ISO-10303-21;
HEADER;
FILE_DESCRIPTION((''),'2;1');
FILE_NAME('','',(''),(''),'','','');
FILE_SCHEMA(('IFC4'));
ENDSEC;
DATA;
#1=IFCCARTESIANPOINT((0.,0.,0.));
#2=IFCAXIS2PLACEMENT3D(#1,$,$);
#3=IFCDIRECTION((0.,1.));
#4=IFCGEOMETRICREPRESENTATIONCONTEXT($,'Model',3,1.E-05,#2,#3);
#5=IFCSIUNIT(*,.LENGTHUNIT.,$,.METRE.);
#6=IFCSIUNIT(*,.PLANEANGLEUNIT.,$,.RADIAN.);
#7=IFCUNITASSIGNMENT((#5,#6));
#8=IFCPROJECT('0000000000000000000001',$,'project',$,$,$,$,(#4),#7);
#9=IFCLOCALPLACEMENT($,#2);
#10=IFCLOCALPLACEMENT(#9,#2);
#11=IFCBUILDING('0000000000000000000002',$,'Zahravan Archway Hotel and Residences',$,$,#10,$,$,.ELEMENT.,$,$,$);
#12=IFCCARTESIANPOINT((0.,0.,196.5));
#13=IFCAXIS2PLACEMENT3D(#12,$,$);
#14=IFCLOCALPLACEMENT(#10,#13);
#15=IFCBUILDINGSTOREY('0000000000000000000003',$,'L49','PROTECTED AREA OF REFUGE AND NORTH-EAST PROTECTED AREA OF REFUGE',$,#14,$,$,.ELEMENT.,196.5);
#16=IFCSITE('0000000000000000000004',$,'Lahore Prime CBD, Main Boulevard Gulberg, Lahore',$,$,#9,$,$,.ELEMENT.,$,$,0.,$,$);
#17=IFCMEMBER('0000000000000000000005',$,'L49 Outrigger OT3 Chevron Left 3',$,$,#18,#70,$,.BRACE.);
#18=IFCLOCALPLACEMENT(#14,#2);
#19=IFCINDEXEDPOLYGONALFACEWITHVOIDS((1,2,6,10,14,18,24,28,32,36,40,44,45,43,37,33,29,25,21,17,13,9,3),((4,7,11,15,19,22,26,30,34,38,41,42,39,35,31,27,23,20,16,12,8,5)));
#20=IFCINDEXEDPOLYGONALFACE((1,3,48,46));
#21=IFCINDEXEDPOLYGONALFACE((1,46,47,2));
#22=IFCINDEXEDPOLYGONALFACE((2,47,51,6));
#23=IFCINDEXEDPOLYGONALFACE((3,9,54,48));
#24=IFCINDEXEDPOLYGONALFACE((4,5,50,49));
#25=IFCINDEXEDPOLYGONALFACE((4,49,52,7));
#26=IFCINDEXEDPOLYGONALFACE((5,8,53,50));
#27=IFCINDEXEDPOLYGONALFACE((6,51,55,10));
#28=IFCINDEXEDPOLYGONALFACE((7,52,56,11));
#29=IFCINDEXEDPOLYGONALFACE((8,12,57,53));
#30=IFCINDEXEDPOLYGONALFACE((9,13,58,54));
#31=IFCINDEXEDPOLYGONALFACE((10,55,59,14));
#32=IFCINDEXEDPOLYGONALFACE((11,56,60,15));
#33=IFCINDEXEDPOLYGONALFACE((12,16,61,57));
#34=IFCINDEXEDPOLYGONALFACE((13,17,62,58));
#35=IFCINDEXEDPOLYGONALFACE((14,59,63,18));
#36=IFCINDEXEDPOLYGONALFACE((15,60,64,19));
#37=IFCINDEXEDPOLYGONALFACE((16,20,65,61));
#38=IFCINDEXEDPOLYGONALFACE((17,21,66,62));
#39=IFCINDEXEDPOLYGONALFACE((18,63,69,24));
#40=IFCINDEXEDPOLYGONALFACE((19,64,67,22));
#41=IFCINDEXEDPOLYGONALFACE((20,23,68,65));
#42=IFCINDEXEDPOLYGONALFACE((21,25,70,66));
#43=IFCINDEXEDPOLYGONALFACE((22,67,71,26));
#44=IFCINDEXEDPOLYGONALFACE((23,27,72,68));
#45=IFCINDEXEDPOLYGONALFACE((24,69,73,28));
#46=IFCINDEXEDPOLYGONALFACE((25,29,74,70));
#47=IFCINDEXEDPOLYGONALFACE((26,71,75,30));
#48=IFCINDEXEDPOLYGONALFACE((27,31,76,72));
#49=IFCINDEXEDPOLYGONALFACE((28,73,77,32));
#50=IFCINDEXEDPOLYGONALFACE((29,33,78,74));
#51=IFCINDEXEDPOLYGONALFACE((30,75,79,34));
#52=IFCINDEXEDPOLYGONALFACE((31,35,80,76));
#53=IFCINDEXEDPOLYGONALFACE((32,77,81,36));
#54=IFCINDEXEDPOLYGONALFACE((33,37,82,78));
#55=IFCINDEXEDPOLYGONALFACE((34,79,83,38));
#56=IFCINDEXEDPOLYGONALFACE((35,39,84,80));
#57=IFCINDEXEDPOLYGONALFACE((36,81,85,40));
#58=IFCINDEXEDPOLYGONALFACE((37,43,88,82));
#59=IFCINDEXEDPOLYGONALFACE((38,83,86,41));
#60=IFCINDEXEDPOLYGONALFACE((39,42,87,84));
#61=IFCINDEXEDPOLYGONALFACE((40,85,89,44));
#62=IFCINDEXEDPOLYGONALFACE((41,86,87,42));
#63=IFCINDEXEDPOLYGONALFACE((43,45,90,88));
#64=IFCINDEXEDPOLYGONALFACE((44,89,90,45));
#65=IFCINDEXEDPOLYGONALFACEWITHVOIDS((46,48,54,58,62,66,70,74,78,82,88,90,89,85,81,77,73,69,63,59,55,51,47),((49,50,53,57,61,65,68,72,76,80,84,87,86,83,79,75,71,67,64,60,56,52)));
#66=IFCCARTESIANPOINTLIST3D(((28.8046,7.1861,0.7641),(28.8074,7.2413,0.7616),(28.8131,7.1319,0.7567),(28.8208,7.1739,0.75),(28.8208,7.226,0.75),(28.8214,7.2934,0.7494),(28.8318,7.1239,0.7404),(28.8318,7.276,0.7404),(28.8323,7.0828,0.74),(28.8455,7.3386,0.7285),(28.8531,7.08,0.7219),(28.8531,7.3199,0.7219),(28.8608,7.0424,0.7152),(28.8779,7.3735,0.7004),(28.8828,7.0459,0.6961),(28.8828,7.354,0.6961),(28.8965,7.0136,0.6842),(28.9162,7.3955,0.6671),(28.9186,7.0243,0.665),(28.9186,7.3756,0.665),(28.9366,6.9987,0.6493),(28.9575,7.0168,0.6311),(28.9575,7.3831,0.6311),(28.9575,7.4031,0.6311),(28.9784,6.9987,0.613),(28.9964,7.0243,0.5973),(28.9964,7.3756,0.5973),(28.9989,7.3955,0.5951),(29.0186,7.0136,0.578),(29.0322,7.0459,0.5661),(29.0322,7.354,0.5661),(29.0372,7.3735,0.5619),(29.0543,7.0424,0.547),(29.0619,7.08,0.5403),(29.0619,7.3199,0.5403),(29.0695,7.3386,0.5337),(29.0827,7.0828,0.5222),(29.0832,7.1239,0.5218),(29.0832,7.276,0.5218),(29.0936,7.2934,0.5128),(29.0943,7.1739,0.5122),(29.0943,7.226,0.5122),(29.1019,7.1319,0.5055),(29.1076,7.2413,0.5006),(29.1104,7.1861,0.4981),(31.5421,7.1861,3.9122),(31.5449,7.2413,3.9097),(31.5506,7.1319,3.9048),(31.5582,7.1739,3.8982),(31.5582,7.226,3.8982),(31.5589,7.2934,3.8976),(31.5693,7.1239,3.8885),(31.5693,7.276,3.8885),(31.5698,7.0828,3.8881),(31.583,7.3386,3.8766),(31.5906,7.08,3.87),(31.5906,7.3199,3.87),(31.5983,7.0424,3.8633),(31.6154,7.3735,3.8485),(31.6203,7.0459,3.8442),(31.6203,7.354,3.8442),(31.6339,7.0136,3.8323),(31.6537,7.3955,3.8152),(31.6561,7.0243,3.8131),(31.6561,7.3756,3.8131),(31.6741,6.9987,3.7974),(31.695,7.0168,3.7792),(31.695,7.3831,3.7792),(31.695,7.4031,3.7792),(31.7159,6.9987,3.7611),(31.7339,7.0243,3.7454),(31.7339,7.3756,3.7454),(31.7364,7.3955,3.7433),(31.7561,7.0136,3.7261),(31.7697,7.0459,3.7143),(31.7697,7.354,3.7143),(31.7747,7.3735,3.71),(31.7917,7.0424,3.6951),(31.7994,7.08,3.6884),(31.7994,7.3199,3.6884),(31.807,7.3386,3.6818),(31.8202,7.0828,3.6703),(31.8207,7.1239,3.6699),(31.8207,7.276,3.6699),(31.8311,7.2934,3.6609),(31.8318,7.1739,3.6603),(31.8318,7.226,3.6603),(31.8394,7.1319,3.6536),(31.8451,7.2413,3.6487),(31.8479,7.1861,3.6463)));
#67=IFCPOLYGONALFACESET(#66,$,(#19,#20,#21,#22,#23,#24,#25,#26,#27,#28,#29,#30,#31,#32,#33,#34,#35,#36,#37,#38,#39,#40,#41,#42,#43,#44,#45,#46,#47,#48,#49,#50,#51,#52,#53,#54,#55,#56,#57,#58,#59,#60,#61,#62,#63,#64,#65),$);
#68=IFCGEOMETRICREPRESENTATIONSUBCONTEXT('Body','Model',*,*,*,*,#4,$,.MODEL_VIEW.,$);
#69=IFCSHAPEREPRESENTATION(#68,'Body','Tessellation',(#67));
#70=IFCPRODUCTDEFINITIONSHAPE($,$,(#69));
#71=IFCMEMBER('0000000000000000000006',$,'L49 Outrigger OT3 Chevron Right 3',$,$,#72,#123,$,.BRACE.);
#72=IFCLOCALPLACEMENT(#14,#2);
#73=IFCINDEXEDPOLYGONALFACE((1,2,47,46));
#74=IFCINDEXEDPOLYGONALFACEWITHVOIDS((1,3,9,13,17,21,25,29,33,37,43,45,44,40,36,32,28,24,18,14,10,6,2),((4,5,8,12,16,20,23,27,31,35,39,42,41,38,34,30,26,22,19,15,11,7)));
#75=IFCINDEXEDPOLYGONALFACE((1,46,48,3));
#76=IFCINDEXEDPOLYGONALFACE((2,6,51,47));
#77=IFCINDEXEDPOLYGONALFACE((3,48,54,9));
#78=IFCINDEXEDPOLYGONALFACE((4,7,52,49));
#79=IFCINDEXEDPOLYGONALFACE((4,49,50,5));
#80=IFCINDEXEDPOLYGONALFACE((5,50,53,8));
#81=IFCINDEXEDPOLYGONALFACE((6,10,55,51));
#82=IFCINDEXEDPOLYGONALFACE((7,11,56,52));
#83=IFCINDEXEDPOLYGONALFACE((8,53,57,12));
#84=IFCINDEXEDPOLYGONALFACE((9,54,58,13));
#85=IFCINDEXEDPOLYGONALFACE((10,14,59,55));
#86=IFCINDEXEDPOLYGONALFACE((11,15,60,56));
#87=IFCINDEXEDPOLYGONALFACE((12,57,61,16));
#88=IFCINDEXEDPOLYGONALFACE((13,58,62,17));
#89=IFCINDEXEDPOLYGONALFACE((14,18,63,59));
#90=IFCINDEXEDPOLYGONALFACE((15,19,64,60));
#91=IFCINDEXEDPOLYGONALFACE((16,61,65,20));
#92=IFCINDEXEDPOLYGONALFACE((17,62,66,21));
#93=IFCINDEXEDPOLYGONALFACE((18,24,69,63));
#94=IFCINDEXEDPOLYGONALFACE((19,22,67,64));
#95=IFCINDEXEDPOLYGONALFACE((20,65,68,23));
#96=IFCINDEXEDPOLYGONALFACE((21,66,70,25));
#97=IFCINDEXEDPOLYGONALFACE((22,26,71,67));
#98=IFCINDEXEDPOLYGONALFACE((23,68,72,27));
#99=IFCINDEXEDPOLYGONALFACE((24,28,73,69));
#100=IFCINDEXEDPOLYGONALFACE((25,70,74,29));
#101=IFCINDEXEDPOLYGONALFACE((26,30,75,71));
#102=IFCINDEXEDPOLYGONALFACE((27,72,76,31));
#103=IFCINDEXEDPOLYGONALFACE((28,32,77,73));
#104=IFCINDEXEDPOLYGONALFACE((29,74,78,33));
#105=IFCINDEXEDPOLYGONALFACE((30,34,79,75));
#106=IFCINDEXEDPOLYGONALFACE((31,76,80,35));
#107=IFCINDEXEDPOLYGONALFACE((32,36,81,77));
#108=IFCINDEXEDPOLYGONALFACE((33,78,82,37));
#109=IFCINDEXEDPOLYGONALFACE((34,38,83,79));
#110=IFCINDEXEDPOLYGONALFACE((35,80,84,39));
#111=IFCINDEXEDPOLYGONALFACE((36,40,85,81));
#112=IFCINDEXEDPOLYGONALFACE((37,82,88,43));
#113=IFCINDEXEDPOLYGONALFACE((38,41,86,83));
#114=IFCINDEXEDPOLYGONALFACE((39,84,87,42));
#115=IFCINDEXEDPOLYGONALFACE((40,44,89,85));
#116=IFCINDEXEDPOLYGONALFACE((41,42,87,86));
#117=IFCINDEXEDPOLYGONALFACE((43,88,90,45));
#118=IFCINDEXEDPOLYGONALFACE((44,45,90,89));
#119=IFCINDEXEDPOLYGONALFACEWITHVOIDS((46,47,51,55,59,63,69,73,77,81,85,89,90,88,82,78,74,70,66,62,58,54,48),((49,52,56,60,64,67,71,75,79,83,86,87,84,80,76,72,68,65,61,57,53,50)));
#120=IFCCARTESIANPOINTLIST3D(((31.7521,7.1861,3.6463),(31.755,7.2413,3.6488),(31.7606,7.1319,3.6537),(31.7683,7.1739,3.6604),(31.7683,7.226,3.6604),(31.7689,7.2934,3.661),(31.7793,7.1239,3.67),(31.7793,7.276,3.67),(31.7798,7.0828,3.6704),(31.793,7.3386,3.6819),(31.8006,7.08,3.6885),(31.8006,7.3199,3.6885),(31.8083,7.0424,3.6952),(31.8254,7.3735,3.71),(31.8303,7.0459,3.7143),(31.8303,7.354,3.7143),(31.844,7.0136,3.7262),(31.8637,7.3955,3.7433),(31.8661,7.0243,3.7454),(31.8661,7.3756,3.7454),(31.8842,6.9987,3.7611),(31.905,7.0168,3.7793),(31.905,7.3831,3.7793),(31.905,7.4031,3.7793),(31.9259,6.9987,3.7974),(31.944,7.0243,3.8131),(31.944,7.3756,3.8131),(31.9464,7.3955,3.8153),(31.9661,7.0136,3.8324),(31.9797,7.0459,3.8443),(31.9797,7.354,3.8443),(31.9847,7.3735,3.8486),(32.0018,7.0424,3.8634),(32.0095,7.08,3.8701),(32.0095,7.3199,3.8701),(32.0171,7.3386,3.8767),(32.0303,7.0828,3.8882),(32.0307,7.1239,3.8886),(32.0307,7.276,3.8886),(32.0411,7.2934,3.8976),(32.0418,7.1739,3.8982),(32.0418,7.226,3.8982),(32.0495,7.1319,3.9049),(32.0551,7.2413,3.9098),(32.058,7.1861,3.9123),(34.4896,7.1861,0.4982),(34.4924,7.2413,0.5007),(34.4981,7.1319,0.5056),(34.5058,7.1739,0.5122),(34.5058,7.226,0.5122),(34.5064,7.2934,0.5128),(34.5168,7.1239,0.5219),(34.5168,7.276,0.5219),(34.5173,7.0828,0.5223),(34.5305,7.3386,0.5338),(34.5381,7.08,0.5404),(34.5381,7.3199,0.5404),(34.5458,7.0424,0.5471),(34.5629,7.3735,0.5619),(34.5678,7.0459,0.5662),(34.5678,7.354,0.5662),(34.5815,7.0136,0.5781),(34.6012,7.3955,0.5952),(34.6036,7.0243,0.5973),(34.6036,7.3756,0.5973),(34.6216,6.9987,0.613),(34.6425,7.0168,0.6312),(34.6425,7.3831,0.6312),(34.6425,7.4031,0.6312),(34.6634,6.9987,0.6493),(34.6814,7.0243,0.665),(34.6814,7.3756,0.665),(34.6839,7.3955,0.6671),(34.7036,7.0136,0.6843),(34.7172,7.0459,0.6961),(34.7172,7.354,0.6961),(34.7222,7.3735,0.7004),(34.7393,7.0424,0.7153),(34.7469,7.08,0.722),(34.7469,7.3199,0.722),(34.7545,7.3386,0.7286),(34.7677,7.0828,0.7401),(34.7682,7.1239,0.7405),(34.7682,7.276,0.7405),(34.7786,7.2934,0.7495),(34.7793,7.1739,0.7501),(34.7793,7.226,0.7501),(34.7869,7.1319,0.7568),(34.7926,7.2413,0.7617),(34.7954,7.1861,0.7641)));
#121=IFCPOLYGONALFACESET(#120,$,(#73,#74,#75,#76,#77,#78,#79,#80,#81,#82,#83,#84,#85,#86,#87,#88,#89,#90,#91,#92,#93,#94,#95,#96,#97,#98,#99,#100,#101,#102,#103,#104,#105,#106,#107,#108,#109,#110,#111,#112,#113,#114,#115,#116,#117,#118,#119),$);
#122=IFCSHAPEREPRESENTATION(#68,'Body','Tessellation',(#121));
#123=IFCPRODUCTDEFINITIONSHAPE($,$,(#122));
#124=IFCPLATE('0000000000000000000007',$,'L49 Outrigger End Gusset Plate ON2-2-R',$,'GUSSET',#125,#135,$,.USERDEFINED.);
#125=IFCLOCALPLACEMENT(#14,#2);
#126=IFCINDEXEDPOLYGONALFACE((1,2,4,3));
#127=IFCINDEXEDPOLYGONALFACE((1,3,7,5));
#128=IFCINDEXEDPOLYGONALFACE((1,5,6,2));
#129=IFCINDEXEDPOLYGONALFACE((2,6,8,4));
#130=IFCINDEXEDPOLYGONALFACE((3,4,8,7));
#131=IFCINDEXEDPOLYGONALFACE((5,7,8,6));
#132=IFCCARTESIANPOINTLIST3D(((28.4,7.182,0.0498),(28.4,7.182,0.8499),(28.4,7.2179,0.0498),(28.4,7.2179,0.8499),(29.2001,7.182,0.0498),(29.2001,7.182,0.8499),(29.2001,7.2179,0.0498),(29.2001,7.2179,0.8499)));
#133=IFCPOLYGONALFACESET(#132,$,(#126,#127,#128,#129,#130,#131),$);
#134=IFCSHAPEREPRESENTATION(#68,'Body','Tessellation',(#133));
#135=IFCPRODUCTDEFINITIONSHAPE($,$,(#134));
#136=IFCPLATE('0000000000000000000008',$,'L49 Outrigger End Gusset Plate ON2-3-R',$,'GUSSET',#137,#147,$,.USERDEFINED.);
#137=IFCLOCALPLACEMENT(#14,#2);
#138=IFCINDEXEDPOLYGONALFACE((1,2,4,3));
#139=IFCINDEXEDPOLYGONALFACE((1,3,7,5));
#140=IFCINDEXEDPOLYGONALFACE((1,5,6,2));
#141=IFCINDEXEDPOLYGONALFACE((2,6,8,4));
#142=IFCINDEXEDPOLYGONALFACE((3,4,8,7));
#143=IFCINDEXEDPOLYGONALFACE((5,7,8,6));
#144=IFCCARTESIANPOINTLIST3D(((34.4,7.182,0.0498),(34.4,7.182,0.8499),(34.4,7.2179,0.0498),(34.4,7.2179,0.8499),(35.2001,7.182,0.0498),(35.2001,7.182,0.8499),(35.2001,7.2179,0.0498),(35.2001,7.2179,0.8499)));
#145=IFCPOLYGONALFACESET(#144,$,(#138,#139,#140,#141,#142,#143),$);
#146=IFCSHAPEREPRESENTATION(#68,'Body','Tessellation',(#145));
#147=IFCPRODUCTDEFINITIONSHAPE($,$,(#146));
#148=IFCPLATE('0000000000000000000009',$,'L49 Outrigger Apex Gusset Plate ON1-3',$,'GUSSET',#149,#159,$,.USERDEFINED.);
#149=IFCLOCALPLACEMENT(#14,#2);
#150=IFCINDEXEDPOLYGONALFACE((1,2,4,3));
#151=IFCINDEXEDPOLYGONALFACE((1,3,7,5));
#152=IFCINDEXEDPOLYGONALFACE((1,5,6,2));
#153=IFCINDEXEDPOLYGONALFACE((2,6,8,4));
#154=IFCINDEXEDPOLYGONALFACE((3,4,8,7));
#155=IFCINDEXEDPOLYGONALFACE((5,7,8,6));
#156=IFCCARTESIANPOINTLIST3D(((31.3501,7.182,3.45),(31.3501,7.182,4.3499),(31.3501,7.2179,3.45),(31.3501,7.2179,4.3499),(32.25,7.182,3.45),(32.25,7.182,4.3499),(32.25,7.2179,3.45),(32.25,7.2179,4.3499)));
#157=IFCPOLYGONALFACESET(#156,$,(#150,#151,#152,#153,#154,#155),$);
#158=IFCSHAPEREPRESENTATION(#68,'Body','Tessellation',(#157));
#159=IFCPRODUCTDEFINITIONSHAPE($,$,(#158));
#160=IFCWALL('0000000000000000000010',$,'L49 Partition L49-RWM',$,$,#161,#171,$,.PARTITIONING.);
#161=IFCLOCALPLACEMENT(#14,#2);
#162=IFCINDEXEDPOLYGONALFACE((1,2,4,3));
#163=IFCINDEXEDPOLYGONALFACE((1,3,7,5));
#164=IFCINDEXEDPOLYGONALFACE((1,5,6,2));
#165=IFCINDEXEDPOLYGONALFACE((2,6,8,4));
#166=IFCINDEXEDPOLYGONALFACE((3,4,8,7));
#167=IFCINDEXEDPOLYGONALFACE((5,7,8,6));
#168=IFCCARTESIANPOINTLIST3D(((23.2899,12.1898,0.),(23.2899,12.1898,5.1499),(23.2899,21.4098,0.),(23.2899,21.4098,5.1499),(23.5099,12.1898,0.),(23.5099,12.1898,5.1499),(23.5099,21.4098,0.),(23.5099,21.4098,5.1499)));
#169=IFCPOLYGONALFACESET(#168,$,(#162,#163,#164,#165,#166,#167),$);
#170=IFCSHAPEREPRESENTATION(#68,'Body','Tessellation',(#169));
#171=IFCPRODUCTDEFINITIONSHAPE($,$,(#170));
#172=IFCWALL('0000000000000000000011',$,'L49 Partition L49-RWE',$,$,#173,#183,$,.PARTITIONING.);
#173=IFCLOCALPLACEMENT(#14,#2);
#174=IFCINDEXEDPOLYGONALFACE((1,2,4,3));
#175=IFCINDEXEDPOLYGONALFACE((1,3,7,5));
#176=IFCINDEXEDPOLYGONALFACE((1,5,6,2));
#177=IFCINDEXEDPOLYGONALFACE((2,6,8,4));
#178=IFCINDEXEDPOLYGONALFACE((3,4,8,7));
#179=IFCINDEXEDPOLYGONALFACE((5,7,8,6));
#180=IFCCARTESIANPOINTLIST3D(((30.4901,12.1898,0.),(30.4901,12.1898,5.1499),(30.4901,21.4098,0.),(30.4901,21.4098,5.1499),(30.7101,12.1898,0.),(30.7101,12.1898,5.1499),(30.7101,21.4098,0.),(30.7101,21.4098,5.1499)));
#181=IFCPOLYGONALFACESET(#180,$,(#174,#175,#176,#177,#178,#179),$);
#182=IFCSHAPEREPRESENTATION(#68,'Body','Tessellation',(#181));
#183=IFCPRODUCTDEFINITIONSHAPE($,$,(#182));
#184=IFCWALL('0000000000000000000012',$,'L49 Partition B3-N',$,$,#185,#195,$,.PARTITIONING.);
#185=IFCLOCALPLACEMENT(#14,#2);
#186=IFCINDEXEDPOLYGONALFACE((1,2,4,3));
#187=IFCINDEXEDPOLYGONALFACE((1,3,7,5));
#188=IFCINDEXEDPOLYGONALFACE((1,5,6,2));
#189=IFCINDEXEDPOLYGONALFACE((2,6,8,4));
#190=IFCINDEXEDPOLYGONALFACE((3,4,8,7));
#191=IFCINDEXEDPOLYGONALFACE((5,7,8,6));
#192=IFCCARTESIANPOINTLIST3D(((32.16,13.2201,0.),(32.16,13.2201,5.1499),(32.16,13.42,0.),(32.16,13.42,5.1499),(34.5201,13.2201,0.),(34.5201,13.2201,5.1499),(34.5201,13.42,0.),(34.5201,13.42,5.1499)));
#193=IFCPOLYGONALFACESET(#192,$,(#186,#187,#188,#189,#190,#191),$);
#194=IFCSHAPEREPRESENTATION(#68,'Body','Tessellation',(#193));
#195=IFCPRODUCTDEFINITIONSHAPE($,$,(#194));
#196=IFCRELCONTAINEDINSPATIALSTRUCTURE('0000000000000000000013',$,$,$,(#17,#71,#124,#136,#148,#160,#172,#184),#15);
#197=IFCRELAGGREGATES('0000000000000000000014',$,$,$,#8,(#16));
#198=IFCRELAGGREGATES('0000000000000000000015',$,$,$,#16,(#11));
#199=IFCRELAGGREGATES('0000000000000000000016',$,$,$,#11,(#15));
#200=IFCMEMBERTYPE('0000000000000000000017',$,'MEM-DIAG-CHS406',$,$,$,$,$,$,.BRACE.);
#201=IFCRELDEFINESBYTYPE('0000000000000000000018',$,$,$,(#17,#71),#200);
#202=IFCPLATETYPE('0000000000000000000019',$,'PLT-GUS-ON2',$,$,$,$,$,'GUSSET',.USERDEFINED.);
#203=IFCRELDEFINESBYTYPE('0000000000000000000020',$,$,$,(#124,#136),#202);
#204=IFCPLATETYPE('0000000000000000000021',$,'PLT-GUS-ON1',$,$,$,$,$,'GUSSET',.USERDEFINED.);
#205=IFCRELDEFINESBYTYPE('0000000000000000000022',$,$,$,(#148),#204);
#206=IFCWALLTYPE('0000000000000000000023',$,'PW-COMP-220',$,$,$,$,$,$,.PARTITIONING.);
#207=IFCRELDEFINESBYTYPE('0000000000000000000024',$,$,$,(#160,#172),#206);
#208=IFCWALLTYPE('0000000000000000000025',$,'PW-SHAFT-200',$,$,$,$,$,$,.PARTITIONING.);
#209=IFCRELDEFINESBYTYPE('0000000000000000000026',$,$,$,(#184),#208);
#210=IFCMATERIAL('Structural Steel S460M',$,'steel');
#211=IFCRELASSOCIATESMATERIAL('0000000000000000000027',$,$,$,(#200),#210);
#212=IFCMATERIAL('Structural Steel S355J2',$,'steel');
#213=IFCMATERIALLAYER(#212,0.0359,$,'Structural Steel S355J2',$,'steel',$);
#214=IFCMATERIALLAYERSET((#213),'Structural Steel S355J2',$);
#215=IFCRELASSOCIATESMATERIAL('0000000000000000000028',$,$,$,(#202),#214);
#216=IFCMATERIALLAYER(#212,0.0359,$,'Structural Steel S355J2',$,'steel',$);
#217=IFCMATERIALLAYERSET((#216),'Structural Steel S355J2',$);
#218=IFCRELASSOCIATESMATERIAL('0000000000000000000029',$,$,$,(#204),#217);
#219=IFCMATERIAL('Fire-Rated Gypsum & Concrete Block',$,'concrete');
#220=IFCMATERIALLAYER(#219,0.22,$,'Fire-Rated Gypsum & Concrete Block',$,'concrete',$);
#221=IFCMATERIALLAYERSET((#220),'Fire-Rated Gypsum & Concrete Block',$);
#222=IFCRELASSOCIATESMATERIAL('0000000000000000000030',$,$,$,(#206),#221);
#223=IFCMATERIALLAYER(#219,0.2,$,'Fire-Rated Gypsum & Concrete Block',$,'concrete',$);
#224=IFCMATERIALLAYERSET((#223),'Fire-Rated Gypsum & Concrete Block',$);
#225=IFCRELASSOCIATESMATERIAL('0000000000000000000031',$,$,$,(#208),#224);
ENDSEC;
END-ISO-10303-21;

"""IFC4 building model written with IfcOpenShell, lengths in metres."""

from ifc_helpers import new_model, si_unit, direction, frame, frame_2d, origin, origin_2d, place, context, subcontext, project, spatial, rectangle, hollow_circle, extrude, source, transform, mapped, material, layer, layer_set, material_profile, profile_set, type_object, type_shapes, element, save


model = new_model("IFC4")

# Units and contexts
model_context = context("Model", 3, precision=1e-05, world=origin(), true_north=direction((0.0, 1.0)))
body_context = subcontext(model_context, "Body", "Model", "MODEL_VIEW")
ifc_project = project(units=[si_unit("LENGTHUNIT", "METRE"), si_unit("PLANEANGLEUNIT", "RADIAN")], contexts=[model_context])

# Site, building, storey
site_placement = place(None, origin())
site = spatial("IfcSite", under=ifc_project, at=site_placement, Name="Lahore Prime CBD, Main Boulevard Gulberg, Lahore", CompositionType="ELEMENT", RefElevation=0.0)
building_placement = place(site_placement, origin())
building = spatial("IfcBuilding", under=site, at=building_placement, Name="Zahravan Archway Hotel and Residences", CompositionType="ELEMENT")
storey_placement = place(building_placement, frame((0.0, 0.0, 196.5)))
storey = spatial("IfcBuildingStorey", under=building, at=storey_placement, Name="L49", Description="PROTECTED AREA OF REFUGE AND NORTH-EAST PROTECTED AREA OF REFUGE", CompositionType="ELEMENT", Elevation=196.5)

# Members
ifc_material_1 = material(Name="Structural Steel S460M", Category="steel")
ifc_material_profile_1 = material_profile(ifc_material_1, hollow_circle(Radius=0.2031, WallThickness=0.02, at=origin_2d()), Name="CHS 406.4x20", Category="steel")
ifc_profile_set_1 = profile_set([ifc_material_profile_1], Name="Structural Steel S460M")
member_type_1 = type_object("IfcMemberType", Name="MEM-DIAG-CHS406", PredefinedType="BRACE", material=ifc_profile_set_1)
shared_shape_1 = source(origin(), body_context, "Body", "SweptSolid", [
    extrude(hollow_circle(Radius=0.2031, WallThickness=0.02, at=origin_2d()), origin(), (0.0, 0.0, 1.0), 4.1719),
])
for number, where, z_axis, x_axis, name in (
    (1, (28.9575, 7.2, 0.6311), (0.656177, 0.0, 0.754607), (0.0, 1.0, 0.0), "L49 Outrigger OT3 Chevron Left 3"),
    (2, (31.905, 7.2, 3.7793), (0.656177, 0.0, -0.754607), (0.0, 1.0, 0.0), "L49 Outrigger OT3 Chevron Right 3"),
):
    element("IfcMember", number, at=place(storey_placement, frame(where, z_axis=z_axis, x_axis=x_axis)), inside=storey, type_object=member_type_1, Name=name, PredefinedType="BRACE", context=body_context, shape_type="MappedRepresentation", body=[
        mapped(shared_shape_1, transform((0.0, 0.0, 0.0), scale=1.0)),
    ])

# Plates
ifc_material_2 = material(Name="Structural Steel S355J2", Category="steel")
ifc_layer_1 = layer(ifc_material_2, 0.0359, Name="Structural Steel S355J2", Category="steel")
ifc_layer_set_1 = layer_set([ifc_layer_1], Name="Structural Steel S355J2")
plate_type_1 = type_object("IfcPlateType", Name="PLT-GUS-ON2", ElementType="GUSSET", PredefinedType="USERDEFINED", material=ifc_layer_set_1)
shared_shape_2 = source(origin(), body_context, "Body", "SweptSolid", [
    extrude(rectangle(XDim=0.8, YDim=0.0359, at=origin_2d()), origin(), (0.0, 0.0, 1.0), 0.8),
])
type_shapes(plate_type_1, [shared_shape_2])
for number, where, z_axis, x_axis, name in (
    (3, (28.8, 7.2, 0.0498), (0.0, 0.0, 1.0), (1.0, 0.0, 0.0), "L49 Outrigger End Gusset Plate ON2-2-R"),
    (4, (34.8, 7.2, 0.0498), (0.0, 0.0, 1.0), (1.0, 0.0, 0.0), "L49 Outrigger End Gusset Plate ON2-3-R"),
):
    element("IfcPlate", number, at=place(storey_placement, frame(where, z_axis=z_axis, x_axis=x_axis)), inside=storey, type_object=plate_type_1, Name=name, ObjectType="GUSSET", PredefinedType="USERDEFINED", context=body_context, shape_type="MappedRepresentation", body=[
        mapped(shared_shape_2, transform((0.0, 0.0, 0.0), scale=1.0)),
    ])
ifc_layer_2 = layer(ifc_material_2, 0.0359, Name="Structural Steel S355J2", Category="steel")
ifc_layer_set_2 = layer_set([ifc_layer_2], Name="Structural Steel S355J2")
plate_type_2 = type_object("IfcPlateType", Name="PLT-GUS-ON1", ElementType="GUSSET", PredefinedType="USERDEFINED", material=ifc_layer_set_2)
shared_shape_3 = source(origin(), body_context, "Body", "SweptSolid", [
    extrude(rectangle(XDim=0.8999, YDim=0.0359, at=origin_2d()), origin(), (0.0, 0.0, 1.0), 0.8999),
])
type_shapes(plate_type_2, [shared_shape_3])
plate_placement = place(storey_placement, frame((31.8, 7.2, 3.45), z_axis=(0.0, 0.0, 1.0), x_axis=(1.0, 0.0, 0.0)))
element("IfcPlate", 5, at=plate_placement, inside=storey, type_object=plate_type_2, Name="L49 Outrigger Apex Gusset Plate ON1-3", ObjectType="GUSSET", PredefinedType="USERDEFINED", context=body_context, shape_type="MappedRepresentation", body=[
    mapped(shared_shape_3, transform((0.0, 0.0, 0.0), scale=1.0)),
])

# Walls
ifc_material_3 = material(Name="Fire-Rated Gypsum & Concrete Block", Category="concrete")
ifc_layer_3 = layer(ifc_material_3, 0.22, Name="Fire-Rated Gypsum & Concrete Block", Category="concrete")
ifc_layer_set_3 = layer_set([ifc_layer_3], Name="Fire-Rated Gypsum & Concrete Block")
wall_type_1 = type_object("IfcWallType", Name="PW-COMP-220", PredefinedType="PARTITIONING", material=ifc_layer_set_3)
for number, where, z_axis, x_axis, name in (
    (6, (23.3999, 12.1899, 0.0), (0.0, 0.0, 1.0), (0.0, 1.0, 0.0), "L49 Partition L49-RWM"),
    (7, (30.6001, 12.1899, 0.0), (0.0, 0.0, 1.0), (0.0, 1.0, 0.0), "L49 Partition L49-RWE"),
):
    element("IfcWall", number, at=place(storey_placement, frame(where, z_axis=z_axis, x_axis=x_axis)), inside=storey, type_object=wall_type_1, Name=name, PredefinedType="PARTITIONING", context=body_context, shape_type="SweptSolid", body=[
        extrude(rectangle(XDim=9.22, YDim=0.22, at=frame_2d((4.6099, 0.0))), origin(), (0.0, 0.0, 1.0), 5.1499),
    ])
ifc_layer_4 = layer(ifc_material_3, 0.2, Name="Fire-Rated Gypsum & Concrete Block", Category="concrete")
ifc_layer_set_4 = layer_set([ifc_layer_4], Name="Fire-Rated Gypsum & Concrete Block")
wall_type_2 = type_object("IfcWallType", Name="PW-SHAFT-200", PredefinedType="PARTITIONING", material=ifc_layer_set_4)
wall_1_placement = place(storey_placement, frame((32.1599, 13.3201, 0.0), z_axis=(0.0, 0.0, 1.0), x_axis=(1.0, 0.0, 0.0)))
element("IfcWall", 8, at=wall_1_placement, inside=storey, type_object=wall_type_2, Name="L49 Partition B3-N", PredefinedType="PARTITIONING", context=body_context, shape_type="SweptSolid", body=[
    extrude(rectangle(XDim=2.3601, YDim=0.2, at=frame_2d((1.1802, 0.0))), origin(), (0.0, 0.0, 1.0), 5.1499),
])

save(model, "model.ifc")
